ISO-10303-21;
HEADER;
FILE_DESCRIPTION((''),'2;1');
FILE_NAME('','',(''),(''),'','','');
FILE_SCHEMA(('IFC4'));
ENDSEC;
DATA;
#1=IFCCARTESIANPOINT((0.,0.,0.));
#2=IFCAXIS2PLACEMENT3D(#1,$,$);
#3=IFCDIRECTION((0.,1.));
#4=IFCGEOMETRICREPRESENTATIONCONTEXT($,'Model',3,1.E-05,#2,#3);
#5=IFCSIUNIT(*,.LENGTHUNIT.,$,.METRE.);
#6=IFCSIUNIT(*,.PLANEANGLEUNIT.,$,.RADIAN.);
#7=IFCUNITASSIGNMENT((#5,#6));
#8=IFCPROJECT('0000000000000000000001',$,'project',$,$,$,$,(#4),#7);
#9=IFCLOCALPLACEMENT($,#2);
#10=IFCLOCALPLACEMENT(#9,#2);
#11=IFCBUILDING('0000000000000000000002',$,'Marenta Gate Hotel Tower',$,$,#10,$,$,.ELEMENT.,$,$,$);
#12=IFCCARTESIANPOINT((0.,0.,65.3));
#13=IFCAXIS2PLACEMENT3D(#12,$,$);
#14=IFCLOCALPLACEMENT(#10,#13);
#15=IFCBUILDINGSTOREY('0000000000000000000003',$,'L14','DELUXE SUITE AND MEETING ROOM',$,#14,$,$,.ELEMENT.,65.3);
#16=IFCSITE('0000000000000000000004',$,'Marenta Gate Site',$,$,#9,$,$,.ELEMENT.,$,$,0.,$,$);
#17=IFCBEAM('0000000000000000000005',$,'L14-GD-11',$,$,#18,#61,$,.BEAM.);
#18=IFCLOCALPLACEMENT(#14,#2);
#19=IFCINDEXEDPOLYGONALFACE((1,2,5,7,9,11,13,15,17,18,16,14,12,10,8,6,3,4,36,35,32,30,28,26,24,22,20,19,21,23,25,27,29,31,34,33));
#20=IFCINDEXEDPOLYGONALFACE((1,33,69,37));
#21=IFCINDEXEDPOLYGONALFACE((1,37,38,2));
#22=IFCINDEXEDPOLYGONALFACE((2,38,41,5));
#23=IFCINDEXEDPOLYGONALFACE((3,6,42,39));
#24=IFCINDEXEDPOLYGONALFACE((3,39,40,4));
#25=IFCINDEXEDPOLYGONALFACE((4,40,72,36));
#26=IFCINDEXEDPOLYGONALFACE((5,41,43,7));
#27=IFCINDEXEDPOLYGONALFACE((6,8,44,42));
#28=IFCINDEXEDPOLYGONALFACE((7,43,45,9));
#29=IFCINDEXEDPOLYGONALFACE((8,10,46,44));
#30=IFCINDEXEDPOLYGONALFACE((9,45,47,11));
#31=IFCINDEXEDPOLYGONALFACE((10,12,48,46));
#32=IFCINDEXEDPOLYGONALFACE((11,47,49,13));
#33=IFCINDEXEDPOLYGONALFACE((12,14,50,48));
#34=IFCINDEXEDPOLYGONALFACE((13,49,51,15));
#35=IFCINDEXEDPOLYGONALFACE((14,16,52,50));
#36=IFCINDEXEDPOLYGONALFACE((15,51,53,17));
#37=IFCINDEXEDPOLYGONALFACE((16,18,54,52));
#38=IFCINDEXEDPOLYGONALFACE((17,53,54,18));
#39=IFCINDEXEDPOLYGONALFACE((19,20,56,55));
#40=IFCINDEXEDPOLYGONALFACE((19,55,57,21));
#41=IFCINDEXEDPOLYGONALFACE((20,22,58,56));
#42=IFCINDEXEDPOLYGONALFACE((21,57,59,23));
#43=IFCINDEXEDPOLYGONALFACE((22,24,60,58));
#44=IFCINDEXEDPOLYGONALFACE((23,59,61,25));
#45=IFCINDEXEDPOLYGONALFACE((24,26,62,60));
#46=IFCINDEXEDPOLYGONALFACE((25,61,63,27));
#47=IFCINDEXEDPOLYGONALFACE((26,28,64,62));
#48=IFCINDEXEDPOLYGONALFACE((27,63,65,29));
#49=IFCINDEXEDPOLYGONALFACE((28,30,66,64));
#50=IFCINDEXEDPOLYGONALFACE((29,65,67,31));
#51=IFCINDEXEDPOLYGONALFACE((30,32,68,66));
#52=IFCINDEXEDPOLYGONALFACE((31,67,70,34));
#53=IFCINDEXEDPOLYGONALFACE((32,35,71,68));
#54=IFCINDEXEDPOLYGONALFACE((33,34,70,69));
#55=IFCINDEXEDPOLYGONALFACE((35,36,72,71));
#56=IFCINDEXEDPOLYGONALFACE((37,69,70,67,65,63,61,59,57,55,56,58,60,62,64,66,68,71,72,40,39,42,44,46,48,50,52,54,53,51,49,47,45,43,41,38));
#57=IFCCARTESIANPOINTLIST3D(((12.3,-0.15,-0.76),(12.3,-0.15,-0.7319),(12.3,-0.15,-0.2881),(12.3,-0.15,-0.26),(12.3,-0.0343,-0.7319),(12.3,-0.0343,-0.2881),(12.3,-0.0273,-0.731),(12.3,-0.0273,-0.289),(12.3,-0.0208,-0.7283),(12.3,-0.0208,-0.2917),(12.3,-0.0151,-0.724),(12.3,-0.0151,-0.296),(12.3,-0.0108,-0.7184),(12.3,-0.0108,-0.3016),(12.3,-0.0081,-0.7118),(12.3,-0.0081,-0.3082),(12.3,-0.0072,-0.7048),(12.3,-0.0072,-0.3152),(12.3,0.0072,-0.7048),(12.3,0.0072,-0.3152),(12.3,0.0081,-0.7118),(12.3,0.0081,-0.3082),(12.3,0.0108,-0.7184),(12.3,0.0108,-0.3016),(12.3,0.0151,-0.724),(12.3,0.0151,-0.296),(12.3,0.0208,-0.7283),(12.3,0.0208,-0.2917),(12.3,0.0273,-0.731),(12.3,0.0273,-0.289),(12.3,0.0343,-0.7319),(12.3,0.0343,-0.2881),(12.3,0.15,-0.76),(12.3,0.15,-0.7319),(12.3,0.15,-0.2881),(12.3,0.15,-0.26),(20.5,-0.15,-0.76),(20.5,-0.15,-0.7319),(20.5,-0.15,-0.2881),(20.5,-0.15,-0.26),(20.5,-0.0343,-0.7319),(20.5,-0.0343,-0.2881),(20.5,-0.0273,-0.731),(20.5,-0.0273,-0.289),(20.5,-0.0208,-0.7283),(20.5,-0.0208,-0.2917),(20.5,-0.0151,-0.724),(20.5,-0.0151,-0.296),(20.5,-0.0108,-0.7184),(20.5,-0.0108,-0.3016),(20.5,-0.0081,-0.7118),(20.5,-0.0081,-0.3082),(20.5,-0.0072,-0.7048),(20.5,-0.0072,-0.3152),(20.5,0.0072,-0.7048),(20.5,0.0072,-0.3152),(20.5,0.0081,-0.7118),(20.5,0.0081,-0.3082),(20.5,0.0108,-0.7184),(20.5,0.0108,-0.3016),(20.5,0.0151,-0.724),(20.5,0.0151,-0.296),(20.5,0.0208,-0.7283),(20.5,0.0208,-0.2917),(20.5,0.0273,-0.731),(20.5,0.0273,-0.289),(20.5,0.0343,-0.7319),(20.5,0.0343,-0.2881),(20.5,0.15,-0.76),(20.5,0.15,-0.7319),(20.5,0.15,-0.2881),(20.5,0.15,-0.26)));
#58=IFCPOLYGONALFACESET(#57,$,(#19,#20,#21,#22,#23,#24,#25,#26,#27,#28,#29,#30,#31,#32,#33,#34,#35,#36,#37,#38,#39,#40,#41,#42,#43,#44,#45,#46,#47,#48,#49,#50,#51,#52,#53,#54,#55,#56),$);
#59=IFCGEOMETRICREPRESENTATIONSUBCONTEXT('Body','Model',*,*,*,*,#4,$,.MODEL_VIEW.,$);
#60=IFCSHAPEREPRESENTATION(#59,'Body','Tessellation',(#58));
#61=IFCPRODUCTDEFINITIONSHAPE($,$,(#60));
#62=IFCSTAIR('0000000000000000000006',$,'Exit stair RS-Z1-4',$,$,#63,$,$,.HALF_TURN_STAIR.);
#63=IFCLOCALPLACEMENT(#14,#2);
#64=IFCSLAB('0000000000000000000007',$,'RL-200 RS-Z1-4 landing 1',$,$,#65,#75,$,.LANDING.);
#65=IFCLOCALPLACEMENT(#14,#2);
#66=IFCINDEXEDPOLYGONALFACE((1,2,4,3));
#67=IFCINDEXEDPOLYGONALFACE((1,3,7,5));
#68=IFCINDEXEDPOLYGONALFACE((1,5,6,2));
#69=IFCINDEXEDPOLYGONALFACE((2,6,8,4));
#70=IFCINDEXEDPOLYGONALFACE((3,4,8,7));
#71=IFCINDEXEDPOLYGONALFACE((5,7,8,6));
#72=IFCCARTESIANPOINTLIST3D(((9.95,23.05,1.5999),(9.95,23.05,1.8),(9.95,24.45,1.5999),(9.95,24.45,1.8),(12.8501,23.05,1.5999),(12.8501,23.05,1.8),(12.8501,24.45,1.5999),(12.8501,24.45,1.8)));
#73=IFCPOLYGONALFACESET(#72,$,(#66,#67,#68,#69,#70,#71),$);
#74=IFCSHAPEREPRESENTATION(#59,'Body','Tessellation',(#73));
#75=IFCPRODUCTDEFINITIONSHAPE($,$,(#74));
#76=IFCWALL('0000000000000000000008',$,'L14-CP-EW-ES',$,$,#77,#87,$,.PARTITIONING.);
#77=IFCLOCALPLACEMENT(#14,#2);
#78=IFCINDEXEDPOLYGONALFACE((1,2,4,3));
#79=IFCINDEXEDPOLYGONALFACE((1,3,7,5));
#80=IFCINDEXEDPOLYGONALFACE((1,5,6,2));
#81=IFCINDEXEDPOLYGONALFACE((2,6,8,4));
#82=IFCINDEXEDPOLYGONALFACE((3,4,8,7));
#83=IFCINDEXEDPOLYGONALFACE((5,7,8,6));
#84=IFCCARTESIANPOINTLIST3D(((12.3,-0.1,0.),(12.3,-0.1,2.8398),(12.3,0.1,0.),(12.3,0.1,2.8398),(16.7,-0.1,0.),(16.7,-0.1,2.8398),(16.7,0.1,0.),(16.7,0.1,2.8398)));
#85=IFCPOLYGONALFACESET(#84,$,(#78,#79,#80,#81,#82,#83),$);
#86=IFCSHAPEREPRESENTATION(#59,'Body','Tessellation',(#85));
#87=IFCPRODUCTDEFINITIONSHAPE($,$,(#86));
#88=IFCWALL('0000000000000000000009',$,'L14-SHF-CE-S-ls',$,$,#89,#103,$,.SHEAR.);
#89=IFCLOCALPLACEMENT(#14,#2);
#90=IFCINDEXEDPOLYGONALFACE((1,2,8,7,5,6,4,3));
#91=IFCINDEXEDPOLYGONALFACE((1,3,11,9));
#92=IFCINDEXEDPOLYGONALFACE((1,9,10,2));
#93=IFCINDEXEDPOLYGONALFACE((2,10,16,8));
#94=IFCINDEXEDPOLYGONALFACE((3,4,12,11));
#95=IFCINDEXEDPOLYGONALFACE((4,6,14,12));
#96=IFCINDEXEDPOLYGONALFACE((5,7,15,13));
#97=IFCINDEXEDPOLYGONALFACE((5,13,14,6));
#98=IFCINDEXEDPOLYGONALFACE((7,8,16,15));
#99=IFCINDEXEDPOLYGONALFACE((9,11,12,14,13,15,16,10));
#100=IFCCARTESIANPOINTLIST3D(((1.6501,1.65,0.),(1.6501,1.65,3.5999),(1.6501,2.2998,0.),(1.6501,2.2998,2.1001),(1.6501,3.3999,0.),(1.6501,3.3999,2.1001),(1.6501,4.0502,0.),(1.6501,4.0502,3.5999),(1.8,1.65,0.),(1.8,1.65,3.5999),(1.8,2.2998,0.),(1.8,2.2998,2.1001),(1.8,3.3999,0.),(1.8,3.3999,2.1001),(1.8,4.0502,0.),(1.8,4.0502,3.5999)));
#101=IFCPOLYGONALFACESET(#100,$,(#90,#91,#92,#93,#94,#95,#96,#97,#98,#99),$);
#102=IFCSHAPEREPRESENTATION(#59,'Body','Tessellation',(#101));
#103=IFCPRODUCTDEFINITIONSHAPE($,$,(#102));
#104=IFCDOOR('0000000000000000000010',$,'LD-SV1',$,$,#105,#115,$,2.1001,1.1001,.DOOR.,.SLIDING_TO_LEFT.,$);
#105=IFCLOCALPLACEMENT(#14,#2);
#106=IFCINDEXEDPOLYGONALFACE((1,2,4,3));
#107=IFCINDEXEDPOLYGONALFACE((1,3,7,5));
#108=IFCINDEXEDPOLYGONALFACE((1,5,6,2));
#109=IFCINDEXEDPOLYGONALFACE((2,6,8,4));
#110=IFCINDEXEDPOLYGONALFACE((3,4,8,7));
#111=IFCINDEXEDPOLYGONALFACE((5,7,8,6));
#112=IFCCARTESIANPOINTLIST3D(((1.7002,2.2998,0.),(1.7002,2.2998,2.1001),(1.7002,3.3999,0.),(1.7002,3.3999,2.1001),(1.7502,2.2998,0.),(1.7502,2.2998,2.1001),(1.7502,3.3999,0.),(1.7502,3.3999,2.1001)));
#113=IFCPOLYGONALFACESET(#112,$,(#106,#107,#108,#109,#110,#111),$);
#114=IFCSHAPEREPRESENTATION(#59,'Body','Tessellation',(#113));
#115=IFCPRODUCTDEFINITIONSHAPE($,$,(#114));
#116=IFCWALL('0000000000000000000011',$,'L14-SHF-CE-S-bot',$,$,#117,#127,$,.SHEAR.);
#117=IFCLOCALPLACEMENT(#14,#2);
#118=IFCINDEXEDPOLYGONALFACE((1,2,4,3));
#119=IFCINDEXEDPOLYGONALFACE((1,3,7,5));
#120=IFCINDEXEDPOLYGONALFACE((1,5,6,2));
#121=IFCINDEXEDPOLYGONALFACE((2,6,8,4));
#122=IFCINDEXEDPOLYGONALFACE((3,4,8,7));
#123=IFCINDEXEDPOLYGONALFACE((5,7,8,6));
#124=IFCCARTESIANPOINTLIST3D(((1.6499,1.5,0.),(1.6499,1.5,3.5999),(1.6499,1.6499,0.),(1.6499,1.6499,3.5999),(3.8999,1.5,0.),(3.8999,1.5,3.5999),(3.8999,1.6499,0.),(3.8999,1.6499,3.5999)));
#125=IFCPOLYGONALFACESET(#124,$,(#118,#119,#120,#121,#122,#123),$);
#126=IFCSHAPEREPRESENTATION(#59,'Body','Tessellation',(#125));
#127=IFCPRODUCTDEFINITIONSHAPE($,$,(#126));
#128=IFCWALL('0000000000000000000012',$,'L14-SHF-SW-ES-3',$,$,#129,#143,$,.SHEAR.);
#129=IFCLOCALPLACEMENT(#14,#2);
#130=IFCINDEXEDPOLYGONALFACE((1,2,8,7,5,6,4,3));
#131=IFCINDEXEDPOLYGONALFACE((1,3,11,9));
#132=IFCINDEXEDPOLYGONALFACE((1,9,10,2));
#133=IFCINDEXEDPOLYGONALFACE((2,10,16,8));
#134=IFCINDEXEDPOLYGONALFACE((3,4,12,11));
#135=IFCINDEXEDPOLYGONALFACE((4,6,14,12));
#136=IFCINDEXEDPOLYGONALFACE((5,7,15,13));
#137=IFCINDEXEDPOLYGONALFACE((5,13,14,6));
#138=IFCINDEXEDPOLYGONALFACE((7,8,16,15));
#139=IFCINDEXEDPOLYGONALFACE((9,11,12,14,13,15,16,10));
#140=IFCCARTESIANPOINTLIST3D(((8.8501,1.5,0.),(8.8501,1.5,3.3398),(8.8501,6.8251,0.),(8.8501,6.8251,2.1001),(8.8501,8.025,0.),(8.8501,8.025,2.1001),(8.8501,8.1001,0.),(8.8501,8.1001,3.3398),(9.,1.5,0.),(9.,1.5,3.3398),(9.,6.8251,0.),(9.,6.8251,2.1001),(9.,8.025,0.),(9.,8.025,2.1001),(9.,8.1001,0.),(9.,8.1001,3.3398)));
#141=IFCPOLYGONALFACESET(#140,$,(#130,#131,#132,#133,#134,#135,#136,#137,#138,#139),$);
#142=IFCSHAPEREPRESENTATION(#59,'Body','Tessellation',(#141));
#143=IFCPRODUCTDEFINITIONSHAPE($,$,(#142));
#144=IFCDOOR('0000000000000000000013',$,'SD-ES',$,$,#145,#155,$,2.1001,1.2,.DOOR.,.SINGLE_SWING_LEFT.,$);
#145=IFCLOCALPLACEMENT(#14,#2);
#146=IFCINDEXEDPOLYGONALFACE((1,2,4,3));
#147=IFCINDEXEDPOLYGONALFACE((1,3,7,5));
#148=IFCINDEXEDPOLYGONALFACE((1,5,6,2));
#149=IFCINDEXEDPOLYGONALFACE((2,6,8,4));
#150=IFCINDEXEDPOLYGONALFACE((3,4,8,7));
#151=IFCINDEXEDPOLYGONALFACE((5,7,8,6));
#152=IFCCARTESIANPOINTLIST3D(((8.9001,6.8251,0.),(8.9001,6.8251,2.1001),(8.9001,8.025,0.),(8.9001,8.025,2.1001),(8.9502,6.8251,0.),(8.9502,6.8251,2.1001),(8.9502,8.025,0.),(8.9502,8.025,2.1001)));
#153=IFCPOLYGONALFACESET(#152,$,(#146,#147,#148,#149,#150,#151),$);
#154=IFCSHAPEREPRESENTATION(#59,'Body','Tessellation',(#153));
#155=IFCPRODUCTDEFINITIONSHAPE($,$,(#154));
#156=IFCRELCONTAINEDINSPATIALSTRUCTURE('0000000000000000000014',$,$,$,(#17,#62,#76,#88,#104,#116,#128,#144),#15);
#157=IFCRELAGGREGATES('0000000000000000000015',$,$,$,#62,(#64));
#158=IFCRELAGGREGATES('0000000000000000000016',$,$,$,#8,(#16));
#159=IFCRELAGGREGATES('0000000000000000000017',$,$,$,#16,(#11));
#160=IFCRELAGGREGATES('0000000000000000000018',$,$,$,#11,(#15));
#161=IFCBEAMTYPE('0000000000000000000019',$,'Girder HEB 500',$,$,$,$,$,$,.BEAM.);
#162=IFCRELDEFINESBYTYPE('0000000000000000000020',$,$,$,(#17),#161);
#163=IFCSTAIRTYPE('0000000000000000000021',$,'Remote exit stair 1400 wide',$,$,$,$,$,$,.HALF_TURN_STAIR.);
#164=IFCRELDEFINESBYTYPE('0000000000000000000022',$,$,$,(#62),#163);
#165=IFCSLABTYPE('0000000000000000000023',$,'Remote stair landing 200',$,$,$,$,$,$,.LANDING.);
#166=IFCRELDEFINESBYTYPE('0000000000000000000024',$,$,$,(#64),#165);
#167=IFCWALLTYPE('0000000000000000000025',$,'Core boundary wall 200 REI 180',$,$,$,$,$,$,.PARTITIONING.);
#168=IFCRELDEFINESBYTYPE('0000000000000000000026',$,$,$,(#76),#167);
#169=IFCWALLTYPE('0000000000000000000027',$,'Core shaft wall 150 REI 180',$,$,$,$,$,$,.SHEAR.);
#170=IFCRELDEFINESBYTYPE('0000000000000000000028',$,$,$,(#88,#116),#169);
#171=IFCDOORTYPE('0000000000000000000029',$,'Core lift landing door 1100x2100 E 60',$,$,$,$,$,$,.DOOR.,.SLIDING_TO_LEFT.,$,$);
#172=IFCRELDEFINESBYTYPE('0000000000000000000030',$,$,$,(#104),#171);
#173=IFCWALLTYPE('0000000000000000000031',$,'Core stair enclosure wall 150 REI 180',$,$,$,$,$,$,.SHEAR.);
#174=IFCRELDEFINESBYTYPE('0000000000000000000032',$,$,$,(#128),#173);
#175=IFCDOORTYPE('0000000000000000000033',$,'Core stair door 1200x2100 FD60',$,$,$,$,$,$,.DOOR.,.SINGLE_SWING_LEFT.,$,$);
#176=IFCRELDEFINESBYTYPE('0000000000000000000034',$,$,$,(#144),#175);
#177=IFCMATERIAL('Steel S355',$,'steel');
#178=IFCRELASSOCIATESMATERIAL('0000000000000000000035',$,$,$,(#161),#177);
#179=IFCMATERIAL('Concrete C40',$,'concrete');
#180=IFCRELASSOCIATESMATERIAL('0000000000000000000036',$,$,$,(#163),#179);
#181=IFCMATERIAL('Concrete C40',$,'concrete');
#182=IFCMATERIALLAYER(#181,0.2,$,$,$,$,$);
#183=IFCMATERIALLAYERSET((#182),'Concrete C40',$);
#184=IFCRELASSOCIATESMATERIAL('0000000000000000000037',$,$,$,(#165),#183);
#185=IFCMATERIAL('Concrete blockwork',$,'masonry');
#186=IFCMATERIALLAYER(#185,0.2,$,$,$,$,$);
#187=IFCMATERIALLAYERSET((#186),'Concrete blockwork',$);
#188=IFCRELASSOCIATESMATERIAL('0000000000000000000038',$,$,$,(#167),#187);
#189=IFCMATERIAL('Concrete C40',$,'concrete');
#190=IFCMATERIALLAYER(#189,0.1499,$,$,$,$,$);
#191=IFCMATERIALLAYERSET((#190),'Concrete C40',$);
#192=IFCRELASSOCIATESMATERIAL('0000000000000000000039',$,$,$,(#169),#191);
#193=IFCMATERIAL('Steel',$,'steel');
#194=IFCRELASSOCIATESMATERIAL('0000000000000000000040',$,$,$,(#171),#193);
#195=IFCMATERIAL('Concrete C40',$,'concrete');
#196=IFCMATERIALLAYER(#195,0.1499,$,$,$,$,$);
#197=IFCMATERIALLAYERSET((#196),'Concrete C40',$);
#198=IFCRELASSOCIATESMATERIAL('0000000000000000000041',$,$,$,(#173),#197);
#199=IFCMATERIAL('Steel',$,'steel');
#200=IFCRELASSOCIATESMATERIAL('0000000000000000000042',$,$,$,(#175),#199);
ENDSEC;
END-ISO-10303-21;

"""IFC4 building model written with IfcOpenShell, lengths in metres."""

from ifc_helpers import new_model, si_unit, direction, frame, frame_2d, origin, origin_2d, place, context, subcontext, project, spatial, polyline, rectangle, i_section, outline, extrude, material, layer, layer_set, material_profile, profile_set, type_object, element, fill, aggregate, save


model = new_model("IFC4")

# Units and contexts
model_context = context("Model", 3, precision=1e-05, world=origin(), true_north=direction((0.0, 1.0)))
body_context = subcontext(model_context, "Body", "Model", "MODEL_VIEW")
ifc_project = project(units=[si_unit("LENGTHUNIT", "METRE"), si_unit("PLANEANGLEUNIT", "RADIAN")], contexts=[model_context])

# Site, building, storey
site_placement = place(None, origin())
site = spatial("IfcSite", under=ifc_project, at=site_placement, Name="Marenta Gate Site", CompositionType="ELEMENT", RefElevation=0.0)
building_placement = place(site_placement, origin())
building = spatial("IfcBuilding", under=site, at=building_placement, Name="Marenta Gate Hotel Tower", CompositionType="ELEMENT")
storey_placement = place(building_placement, frame((0.0, 0.0, 65.3)))
storey = spatial("IfcBuildingStorey", under=building, at=storey_placement, Name="L14", Description="DELUXE SUITE AND MEETING ROOM", CompositionType="ELEMENT", Elevation=65.3)

# Beam
ifc_material_1 = material(Name="Steel S355", Category="steel")
ifc_material_profile = material_profile(ifc_material_1, i_section(OverallWidth=0.3, OverallDepth=0.5, WebThickness=0.0144, FlangeThickness=0.0281, FilletRadius=0.0271, at=origin_2d()), Name="HEB 500")
ifc_profile_set = profile_set([ifc_material_profile], Name="Steel S355")
beam_type = type_object("IfcBeamType", Name="Girder HEB 500", PredefinedType="BEAM", material=ifc_profile_set)
beam_placement = place(storey_placement, frame((12.3, 0.0, -0.51), z_axis=(1.0, 0.0, 0.0), x_axis=(0.0, 1.0, 0.0)))
element("IfcBeam", 1, at=beam_placement, inside=storey, type_object=beam_type, Name="L14-GD-11", PredefinedType="BEAM", context=body_context, shape_type="SweptSolid", body=[
    extrude(i_section(OverallWidth=0.3, OverallDepth=0.5, WebThickness=0.0144, FlangeThickness=0.0281, FilletRadius=0.0271, at=origin_2d()), origin(), (0.0, 0.0, 1.0), 8.2),
])

# Stair, slab
ifc_material_2 = material(Name="Concrete C40", Category="concrete")
stair_type = type_object("IfcStairType", Name="Remote exit stair 1400 wide", PredefinedType="HALF_TURN_STAIR", material=ifc_material_2)
stair_1_placement = place(storey_placement, origin())
stair_1 = element("IfcStair", 2, at=stair_1_placement, inside=storey, type_object=stair_type, Name="Exit stair RS-Z1-4", PredefinedType="HALF_TURN_STAIR")
ifc_material_3 = material(Name="Concrete C40", Category="concrete")
ifc_layer_1 = layer(ifc_material_3, 0.2)
ifc_layer_set_1 = layer_set([ifc_layer_1], Name="Concrete C40")
slab_type = type_object("IfcSlabType", Name="Remote stair landing 200", PredefinedType="LANDING", material=ifc_layer_set_1)
slab_placement = place(storey_placement, frame((0.0, 0.0, 1.5999)))
slab = element("IfcSlab", 3, at=slab_placement, type_object=slab_type, Name="RL-200 RS-Z1-4 landing 1", PredefinedType="LANDING", context=body_context, shape_type="SweptSolid", body=[
    extrude(outline(polyline([(9.95, 23.05), (12.8501, 23.05), (12.8501, 24.45), (9.95, 24.45), (9.95, 23.05)])), origin(), (0.0, 0.0, 1.0), 0.2002),
])
aggregate(stair_1, [slab])

# Wall
ifc_material_4 = material(Name="Concrete blockwork", Category="masonry")
ifc_layer_2 = layer(ifc_material_4, 0.2)
ifc_layer_set_2 = layer_set([ifc_layer_2], Name="Concrete blockwork")
wall_type_1 = type_object("IfcWallType", Name="Core boundary wall 200 REI 180", PredefinedType="PARTITIONING", material=ifc_layer_set_2)
wall_1_placement = place(storey_placement, frame((12.3, 0.0, 0.0), z_axis=(0.0, 0.0, 1.0), x_axis=(1.0, 0.0, 0.0)))
element("IfcWall", 4, at=wall_1_placement, inside=storey, type_object=wall_type_1, Name="L14-CP-EW-ES", PredefinedType="PARTITIONING", context=body_context, shape_type="SweptSolid", body=[
    extrude(rectangle(XDim=4.3999, YDim=0.2, at=frame_2d((2.2, 0.0))), origin(), (0.0, 0.0, 1.0), 2.8398),
])

# Wall, opening, door
ifc_material_5 = material(Name="Concrete C40", Category="concrete")
ifc_layer_3 = layer(ifc_material_5, 0.1499)
ifc_layer_set_3 = layer_set([ifc_layer_3], Name="Concrete C40")
wall_type_2 = type_object("IfcWallType", Name="Core shaft wall 150 REI 180", PredefinedType="SHEAR", material=ifc_layer_set_3)
wall_2_placement = place(storey_placement, frame((1.7251, 1.6499, 0.0), z_axis=(0.0, 0.0, 1.0), x_axis=(0.0, 1.0, 0.0)))
wall_2 = element("IfcWall", 5, at=wall_2_placement, inside=storey, type_object=wall_type_2, Name="L14-SHF-CE-S-ls", PredefinedType="SHEAR", context=body_context, shape_type="SweptSolid", body=[
    extrude(rectangle(XDim=2.4001, YDim=0.1499, at=frame_2d((1.2002, 0.0))), origin(), (0.0, 0.0, 1.0), 3.5999),
])
opening_1_placement = place(wall_2_placement, frame((0.6499, 0.0, 0.0)))
opening_1 = element("IfcOpeningElement", 6, at=opening_1_placement, cuts=wall_2, PredefinedType="OPENING", context=body_context, shape_type="SweptSolid", body=[
    extrude(rectangle(XDim=1.1001, YDim=2.1001, at=frame_2d((0.55, 1.05))), frame((0.0, 0.075, 0.0), z_axis=(0.0, -1.0, 0.0), x_axis=(1.0, 0.0, 0.0)), (0.0, 0.0, 1.0), 0.1499),
])
ifc_material_6 = material(Name="Steel", Category="steel")
door_type_1 = type_object("IfcDoorType", Name="Core lift landing door 1100x2100 E 60", OperationType="SLIDING_TO_LEFT", PredefinedType="DOOR", material=ifc_material_6)
door_1_placement = place(opening_1_placement, origin())
door_1 = element("IfcDoor", 7, at=door_1_placement, inside=storey, type_object=door_type_1, Name="LD-SV1", OperationType="SLIDING_TO_LEFT", OverallHeight=2.1001, OverallWidth=1.1001, PredefinedType="DOOR", context=body_context, shape_type="SweptSolid", body=[
    extrude(rectangle(XDim=1.1001, YDim=2.1001, at=frame_2d((0.55, 1.05))), frame((0.0, 0.0249, 0.0), z_axis=(0.0, -1.0, 0.0), x_axis=(1.0, 0.0, 0.0)), (0.0, 0.0, 1.0), 0.05),
])
fill(opening_1, door_1)

# Wall
wall_3_placement = place(storey_placement, frame((1.6499, 1.575, 0.0), z_axis=(0.0, 0.0, 1.0), x_axis=(1.0, 0.0, 0.0)))
element("IfcWall", 8, at=wall_3_placement, inside=storey, type_object=wall_type_2, Name="L14-SHF-CE-S-bot", PredefinedType="SHEAR", context=body_context, shape_type="SweptSolid", body=[
    extrude(rectangle(XDim=2.25, YDim=0.1499, at=frame_2d((1.125, 0.0))), origin(), (0.0, 0.0, 1.0), 3.5999),
])

# Wall, opening, door
ifc_material_7 = material(Name="Concrete C40", Category="concrete")
ifc_layer_4 = layer(ifc_material_7, 0.1499)
ifc_layer_set_4 = layer_set([ifc_layer_4], Name="Concrete C40")
wall_type_3 = type_object("IfcWallType", Name="Core stair enclosure wall 150 REI 180", PredefinedType="SHEAR", material=ifc_layer_set_4)
wall_4_placement = place(storey_placement, frame((8.925, 1.5, 0.0), z_axis=(0.0, 0.0, 1.0), x_axis=(0.0, 1.0, 0.0)))
wall_4 = element("IfcWall", 9, at=wall_4_placement, inside=storey, type_object=wall_type_3, Name="L14-SHF-SW-ES-3", PredefinedType="SHEAR", context=body_context, shape_type="SweptSolid", body=[
    extrude(rectangle(XDim=6.6001, YDim=0.1499, at=frame_2d((3.3, 0.0))), origin(), (0.0, 0.0, 1.0), 3.3398),
])
opening_2_placement = place(wall_4_placement, frame((5.325, 0.0, 0.0)))
opening_2 = element("IfcOpeningElement", 10, at=opening_2_placement, cuts=wall_4, PredefinedType="OPENING", context=body_context, shape_type="SweptSolid", body=[
    extrude(rectangle(XDim=1.2, YDim=2.1001, at=frame_2d((0.6001, 1.05))), frame((0.0, 0.075, 0.0), z_axis=(0.0, -1.0, 0.0), x_axis=(1.0, 0.0, 0.0)), (0.0, 0.0, 1.0), 0.1499),
])
ifc_material_8 = material(Name="Steel", Category="steel")
door_type_2 = type_object("IfcDoorType", Name="Core stair door 1200x2100 FD60", OperationType="SINGLE_SWING_LEFT", PredefinedType="DOOR", material=ifc_material_8)
door_2_placement = place(opening_2_placement, origin())
door_2 = element("IfcDoor", 11, at=door_2_placement, inside=storey, type_object=door_type_2, Name="SD-ES", OperationType="SINGLE_SWING_LEFT", OverallHeight=2.1001, OverallWidth=1.2, PredefinedType="DOOR", context=body_context, shape_type="SweptSolid", body=[
    extrude(rectangle(XDim=1.2, YDim=2.1001, at=frame_2d((0.6001, 1.05))), frame((0.0, 0.0249, 0.0), z_axis=(0.0, -1.0, 0.0), x_axis=(1.0, 0.0, 0.0)), (0.0, 0.0, 1.0), 0.05),
])
fill(opening_2, door_2)

save(model, "model.ifc")
